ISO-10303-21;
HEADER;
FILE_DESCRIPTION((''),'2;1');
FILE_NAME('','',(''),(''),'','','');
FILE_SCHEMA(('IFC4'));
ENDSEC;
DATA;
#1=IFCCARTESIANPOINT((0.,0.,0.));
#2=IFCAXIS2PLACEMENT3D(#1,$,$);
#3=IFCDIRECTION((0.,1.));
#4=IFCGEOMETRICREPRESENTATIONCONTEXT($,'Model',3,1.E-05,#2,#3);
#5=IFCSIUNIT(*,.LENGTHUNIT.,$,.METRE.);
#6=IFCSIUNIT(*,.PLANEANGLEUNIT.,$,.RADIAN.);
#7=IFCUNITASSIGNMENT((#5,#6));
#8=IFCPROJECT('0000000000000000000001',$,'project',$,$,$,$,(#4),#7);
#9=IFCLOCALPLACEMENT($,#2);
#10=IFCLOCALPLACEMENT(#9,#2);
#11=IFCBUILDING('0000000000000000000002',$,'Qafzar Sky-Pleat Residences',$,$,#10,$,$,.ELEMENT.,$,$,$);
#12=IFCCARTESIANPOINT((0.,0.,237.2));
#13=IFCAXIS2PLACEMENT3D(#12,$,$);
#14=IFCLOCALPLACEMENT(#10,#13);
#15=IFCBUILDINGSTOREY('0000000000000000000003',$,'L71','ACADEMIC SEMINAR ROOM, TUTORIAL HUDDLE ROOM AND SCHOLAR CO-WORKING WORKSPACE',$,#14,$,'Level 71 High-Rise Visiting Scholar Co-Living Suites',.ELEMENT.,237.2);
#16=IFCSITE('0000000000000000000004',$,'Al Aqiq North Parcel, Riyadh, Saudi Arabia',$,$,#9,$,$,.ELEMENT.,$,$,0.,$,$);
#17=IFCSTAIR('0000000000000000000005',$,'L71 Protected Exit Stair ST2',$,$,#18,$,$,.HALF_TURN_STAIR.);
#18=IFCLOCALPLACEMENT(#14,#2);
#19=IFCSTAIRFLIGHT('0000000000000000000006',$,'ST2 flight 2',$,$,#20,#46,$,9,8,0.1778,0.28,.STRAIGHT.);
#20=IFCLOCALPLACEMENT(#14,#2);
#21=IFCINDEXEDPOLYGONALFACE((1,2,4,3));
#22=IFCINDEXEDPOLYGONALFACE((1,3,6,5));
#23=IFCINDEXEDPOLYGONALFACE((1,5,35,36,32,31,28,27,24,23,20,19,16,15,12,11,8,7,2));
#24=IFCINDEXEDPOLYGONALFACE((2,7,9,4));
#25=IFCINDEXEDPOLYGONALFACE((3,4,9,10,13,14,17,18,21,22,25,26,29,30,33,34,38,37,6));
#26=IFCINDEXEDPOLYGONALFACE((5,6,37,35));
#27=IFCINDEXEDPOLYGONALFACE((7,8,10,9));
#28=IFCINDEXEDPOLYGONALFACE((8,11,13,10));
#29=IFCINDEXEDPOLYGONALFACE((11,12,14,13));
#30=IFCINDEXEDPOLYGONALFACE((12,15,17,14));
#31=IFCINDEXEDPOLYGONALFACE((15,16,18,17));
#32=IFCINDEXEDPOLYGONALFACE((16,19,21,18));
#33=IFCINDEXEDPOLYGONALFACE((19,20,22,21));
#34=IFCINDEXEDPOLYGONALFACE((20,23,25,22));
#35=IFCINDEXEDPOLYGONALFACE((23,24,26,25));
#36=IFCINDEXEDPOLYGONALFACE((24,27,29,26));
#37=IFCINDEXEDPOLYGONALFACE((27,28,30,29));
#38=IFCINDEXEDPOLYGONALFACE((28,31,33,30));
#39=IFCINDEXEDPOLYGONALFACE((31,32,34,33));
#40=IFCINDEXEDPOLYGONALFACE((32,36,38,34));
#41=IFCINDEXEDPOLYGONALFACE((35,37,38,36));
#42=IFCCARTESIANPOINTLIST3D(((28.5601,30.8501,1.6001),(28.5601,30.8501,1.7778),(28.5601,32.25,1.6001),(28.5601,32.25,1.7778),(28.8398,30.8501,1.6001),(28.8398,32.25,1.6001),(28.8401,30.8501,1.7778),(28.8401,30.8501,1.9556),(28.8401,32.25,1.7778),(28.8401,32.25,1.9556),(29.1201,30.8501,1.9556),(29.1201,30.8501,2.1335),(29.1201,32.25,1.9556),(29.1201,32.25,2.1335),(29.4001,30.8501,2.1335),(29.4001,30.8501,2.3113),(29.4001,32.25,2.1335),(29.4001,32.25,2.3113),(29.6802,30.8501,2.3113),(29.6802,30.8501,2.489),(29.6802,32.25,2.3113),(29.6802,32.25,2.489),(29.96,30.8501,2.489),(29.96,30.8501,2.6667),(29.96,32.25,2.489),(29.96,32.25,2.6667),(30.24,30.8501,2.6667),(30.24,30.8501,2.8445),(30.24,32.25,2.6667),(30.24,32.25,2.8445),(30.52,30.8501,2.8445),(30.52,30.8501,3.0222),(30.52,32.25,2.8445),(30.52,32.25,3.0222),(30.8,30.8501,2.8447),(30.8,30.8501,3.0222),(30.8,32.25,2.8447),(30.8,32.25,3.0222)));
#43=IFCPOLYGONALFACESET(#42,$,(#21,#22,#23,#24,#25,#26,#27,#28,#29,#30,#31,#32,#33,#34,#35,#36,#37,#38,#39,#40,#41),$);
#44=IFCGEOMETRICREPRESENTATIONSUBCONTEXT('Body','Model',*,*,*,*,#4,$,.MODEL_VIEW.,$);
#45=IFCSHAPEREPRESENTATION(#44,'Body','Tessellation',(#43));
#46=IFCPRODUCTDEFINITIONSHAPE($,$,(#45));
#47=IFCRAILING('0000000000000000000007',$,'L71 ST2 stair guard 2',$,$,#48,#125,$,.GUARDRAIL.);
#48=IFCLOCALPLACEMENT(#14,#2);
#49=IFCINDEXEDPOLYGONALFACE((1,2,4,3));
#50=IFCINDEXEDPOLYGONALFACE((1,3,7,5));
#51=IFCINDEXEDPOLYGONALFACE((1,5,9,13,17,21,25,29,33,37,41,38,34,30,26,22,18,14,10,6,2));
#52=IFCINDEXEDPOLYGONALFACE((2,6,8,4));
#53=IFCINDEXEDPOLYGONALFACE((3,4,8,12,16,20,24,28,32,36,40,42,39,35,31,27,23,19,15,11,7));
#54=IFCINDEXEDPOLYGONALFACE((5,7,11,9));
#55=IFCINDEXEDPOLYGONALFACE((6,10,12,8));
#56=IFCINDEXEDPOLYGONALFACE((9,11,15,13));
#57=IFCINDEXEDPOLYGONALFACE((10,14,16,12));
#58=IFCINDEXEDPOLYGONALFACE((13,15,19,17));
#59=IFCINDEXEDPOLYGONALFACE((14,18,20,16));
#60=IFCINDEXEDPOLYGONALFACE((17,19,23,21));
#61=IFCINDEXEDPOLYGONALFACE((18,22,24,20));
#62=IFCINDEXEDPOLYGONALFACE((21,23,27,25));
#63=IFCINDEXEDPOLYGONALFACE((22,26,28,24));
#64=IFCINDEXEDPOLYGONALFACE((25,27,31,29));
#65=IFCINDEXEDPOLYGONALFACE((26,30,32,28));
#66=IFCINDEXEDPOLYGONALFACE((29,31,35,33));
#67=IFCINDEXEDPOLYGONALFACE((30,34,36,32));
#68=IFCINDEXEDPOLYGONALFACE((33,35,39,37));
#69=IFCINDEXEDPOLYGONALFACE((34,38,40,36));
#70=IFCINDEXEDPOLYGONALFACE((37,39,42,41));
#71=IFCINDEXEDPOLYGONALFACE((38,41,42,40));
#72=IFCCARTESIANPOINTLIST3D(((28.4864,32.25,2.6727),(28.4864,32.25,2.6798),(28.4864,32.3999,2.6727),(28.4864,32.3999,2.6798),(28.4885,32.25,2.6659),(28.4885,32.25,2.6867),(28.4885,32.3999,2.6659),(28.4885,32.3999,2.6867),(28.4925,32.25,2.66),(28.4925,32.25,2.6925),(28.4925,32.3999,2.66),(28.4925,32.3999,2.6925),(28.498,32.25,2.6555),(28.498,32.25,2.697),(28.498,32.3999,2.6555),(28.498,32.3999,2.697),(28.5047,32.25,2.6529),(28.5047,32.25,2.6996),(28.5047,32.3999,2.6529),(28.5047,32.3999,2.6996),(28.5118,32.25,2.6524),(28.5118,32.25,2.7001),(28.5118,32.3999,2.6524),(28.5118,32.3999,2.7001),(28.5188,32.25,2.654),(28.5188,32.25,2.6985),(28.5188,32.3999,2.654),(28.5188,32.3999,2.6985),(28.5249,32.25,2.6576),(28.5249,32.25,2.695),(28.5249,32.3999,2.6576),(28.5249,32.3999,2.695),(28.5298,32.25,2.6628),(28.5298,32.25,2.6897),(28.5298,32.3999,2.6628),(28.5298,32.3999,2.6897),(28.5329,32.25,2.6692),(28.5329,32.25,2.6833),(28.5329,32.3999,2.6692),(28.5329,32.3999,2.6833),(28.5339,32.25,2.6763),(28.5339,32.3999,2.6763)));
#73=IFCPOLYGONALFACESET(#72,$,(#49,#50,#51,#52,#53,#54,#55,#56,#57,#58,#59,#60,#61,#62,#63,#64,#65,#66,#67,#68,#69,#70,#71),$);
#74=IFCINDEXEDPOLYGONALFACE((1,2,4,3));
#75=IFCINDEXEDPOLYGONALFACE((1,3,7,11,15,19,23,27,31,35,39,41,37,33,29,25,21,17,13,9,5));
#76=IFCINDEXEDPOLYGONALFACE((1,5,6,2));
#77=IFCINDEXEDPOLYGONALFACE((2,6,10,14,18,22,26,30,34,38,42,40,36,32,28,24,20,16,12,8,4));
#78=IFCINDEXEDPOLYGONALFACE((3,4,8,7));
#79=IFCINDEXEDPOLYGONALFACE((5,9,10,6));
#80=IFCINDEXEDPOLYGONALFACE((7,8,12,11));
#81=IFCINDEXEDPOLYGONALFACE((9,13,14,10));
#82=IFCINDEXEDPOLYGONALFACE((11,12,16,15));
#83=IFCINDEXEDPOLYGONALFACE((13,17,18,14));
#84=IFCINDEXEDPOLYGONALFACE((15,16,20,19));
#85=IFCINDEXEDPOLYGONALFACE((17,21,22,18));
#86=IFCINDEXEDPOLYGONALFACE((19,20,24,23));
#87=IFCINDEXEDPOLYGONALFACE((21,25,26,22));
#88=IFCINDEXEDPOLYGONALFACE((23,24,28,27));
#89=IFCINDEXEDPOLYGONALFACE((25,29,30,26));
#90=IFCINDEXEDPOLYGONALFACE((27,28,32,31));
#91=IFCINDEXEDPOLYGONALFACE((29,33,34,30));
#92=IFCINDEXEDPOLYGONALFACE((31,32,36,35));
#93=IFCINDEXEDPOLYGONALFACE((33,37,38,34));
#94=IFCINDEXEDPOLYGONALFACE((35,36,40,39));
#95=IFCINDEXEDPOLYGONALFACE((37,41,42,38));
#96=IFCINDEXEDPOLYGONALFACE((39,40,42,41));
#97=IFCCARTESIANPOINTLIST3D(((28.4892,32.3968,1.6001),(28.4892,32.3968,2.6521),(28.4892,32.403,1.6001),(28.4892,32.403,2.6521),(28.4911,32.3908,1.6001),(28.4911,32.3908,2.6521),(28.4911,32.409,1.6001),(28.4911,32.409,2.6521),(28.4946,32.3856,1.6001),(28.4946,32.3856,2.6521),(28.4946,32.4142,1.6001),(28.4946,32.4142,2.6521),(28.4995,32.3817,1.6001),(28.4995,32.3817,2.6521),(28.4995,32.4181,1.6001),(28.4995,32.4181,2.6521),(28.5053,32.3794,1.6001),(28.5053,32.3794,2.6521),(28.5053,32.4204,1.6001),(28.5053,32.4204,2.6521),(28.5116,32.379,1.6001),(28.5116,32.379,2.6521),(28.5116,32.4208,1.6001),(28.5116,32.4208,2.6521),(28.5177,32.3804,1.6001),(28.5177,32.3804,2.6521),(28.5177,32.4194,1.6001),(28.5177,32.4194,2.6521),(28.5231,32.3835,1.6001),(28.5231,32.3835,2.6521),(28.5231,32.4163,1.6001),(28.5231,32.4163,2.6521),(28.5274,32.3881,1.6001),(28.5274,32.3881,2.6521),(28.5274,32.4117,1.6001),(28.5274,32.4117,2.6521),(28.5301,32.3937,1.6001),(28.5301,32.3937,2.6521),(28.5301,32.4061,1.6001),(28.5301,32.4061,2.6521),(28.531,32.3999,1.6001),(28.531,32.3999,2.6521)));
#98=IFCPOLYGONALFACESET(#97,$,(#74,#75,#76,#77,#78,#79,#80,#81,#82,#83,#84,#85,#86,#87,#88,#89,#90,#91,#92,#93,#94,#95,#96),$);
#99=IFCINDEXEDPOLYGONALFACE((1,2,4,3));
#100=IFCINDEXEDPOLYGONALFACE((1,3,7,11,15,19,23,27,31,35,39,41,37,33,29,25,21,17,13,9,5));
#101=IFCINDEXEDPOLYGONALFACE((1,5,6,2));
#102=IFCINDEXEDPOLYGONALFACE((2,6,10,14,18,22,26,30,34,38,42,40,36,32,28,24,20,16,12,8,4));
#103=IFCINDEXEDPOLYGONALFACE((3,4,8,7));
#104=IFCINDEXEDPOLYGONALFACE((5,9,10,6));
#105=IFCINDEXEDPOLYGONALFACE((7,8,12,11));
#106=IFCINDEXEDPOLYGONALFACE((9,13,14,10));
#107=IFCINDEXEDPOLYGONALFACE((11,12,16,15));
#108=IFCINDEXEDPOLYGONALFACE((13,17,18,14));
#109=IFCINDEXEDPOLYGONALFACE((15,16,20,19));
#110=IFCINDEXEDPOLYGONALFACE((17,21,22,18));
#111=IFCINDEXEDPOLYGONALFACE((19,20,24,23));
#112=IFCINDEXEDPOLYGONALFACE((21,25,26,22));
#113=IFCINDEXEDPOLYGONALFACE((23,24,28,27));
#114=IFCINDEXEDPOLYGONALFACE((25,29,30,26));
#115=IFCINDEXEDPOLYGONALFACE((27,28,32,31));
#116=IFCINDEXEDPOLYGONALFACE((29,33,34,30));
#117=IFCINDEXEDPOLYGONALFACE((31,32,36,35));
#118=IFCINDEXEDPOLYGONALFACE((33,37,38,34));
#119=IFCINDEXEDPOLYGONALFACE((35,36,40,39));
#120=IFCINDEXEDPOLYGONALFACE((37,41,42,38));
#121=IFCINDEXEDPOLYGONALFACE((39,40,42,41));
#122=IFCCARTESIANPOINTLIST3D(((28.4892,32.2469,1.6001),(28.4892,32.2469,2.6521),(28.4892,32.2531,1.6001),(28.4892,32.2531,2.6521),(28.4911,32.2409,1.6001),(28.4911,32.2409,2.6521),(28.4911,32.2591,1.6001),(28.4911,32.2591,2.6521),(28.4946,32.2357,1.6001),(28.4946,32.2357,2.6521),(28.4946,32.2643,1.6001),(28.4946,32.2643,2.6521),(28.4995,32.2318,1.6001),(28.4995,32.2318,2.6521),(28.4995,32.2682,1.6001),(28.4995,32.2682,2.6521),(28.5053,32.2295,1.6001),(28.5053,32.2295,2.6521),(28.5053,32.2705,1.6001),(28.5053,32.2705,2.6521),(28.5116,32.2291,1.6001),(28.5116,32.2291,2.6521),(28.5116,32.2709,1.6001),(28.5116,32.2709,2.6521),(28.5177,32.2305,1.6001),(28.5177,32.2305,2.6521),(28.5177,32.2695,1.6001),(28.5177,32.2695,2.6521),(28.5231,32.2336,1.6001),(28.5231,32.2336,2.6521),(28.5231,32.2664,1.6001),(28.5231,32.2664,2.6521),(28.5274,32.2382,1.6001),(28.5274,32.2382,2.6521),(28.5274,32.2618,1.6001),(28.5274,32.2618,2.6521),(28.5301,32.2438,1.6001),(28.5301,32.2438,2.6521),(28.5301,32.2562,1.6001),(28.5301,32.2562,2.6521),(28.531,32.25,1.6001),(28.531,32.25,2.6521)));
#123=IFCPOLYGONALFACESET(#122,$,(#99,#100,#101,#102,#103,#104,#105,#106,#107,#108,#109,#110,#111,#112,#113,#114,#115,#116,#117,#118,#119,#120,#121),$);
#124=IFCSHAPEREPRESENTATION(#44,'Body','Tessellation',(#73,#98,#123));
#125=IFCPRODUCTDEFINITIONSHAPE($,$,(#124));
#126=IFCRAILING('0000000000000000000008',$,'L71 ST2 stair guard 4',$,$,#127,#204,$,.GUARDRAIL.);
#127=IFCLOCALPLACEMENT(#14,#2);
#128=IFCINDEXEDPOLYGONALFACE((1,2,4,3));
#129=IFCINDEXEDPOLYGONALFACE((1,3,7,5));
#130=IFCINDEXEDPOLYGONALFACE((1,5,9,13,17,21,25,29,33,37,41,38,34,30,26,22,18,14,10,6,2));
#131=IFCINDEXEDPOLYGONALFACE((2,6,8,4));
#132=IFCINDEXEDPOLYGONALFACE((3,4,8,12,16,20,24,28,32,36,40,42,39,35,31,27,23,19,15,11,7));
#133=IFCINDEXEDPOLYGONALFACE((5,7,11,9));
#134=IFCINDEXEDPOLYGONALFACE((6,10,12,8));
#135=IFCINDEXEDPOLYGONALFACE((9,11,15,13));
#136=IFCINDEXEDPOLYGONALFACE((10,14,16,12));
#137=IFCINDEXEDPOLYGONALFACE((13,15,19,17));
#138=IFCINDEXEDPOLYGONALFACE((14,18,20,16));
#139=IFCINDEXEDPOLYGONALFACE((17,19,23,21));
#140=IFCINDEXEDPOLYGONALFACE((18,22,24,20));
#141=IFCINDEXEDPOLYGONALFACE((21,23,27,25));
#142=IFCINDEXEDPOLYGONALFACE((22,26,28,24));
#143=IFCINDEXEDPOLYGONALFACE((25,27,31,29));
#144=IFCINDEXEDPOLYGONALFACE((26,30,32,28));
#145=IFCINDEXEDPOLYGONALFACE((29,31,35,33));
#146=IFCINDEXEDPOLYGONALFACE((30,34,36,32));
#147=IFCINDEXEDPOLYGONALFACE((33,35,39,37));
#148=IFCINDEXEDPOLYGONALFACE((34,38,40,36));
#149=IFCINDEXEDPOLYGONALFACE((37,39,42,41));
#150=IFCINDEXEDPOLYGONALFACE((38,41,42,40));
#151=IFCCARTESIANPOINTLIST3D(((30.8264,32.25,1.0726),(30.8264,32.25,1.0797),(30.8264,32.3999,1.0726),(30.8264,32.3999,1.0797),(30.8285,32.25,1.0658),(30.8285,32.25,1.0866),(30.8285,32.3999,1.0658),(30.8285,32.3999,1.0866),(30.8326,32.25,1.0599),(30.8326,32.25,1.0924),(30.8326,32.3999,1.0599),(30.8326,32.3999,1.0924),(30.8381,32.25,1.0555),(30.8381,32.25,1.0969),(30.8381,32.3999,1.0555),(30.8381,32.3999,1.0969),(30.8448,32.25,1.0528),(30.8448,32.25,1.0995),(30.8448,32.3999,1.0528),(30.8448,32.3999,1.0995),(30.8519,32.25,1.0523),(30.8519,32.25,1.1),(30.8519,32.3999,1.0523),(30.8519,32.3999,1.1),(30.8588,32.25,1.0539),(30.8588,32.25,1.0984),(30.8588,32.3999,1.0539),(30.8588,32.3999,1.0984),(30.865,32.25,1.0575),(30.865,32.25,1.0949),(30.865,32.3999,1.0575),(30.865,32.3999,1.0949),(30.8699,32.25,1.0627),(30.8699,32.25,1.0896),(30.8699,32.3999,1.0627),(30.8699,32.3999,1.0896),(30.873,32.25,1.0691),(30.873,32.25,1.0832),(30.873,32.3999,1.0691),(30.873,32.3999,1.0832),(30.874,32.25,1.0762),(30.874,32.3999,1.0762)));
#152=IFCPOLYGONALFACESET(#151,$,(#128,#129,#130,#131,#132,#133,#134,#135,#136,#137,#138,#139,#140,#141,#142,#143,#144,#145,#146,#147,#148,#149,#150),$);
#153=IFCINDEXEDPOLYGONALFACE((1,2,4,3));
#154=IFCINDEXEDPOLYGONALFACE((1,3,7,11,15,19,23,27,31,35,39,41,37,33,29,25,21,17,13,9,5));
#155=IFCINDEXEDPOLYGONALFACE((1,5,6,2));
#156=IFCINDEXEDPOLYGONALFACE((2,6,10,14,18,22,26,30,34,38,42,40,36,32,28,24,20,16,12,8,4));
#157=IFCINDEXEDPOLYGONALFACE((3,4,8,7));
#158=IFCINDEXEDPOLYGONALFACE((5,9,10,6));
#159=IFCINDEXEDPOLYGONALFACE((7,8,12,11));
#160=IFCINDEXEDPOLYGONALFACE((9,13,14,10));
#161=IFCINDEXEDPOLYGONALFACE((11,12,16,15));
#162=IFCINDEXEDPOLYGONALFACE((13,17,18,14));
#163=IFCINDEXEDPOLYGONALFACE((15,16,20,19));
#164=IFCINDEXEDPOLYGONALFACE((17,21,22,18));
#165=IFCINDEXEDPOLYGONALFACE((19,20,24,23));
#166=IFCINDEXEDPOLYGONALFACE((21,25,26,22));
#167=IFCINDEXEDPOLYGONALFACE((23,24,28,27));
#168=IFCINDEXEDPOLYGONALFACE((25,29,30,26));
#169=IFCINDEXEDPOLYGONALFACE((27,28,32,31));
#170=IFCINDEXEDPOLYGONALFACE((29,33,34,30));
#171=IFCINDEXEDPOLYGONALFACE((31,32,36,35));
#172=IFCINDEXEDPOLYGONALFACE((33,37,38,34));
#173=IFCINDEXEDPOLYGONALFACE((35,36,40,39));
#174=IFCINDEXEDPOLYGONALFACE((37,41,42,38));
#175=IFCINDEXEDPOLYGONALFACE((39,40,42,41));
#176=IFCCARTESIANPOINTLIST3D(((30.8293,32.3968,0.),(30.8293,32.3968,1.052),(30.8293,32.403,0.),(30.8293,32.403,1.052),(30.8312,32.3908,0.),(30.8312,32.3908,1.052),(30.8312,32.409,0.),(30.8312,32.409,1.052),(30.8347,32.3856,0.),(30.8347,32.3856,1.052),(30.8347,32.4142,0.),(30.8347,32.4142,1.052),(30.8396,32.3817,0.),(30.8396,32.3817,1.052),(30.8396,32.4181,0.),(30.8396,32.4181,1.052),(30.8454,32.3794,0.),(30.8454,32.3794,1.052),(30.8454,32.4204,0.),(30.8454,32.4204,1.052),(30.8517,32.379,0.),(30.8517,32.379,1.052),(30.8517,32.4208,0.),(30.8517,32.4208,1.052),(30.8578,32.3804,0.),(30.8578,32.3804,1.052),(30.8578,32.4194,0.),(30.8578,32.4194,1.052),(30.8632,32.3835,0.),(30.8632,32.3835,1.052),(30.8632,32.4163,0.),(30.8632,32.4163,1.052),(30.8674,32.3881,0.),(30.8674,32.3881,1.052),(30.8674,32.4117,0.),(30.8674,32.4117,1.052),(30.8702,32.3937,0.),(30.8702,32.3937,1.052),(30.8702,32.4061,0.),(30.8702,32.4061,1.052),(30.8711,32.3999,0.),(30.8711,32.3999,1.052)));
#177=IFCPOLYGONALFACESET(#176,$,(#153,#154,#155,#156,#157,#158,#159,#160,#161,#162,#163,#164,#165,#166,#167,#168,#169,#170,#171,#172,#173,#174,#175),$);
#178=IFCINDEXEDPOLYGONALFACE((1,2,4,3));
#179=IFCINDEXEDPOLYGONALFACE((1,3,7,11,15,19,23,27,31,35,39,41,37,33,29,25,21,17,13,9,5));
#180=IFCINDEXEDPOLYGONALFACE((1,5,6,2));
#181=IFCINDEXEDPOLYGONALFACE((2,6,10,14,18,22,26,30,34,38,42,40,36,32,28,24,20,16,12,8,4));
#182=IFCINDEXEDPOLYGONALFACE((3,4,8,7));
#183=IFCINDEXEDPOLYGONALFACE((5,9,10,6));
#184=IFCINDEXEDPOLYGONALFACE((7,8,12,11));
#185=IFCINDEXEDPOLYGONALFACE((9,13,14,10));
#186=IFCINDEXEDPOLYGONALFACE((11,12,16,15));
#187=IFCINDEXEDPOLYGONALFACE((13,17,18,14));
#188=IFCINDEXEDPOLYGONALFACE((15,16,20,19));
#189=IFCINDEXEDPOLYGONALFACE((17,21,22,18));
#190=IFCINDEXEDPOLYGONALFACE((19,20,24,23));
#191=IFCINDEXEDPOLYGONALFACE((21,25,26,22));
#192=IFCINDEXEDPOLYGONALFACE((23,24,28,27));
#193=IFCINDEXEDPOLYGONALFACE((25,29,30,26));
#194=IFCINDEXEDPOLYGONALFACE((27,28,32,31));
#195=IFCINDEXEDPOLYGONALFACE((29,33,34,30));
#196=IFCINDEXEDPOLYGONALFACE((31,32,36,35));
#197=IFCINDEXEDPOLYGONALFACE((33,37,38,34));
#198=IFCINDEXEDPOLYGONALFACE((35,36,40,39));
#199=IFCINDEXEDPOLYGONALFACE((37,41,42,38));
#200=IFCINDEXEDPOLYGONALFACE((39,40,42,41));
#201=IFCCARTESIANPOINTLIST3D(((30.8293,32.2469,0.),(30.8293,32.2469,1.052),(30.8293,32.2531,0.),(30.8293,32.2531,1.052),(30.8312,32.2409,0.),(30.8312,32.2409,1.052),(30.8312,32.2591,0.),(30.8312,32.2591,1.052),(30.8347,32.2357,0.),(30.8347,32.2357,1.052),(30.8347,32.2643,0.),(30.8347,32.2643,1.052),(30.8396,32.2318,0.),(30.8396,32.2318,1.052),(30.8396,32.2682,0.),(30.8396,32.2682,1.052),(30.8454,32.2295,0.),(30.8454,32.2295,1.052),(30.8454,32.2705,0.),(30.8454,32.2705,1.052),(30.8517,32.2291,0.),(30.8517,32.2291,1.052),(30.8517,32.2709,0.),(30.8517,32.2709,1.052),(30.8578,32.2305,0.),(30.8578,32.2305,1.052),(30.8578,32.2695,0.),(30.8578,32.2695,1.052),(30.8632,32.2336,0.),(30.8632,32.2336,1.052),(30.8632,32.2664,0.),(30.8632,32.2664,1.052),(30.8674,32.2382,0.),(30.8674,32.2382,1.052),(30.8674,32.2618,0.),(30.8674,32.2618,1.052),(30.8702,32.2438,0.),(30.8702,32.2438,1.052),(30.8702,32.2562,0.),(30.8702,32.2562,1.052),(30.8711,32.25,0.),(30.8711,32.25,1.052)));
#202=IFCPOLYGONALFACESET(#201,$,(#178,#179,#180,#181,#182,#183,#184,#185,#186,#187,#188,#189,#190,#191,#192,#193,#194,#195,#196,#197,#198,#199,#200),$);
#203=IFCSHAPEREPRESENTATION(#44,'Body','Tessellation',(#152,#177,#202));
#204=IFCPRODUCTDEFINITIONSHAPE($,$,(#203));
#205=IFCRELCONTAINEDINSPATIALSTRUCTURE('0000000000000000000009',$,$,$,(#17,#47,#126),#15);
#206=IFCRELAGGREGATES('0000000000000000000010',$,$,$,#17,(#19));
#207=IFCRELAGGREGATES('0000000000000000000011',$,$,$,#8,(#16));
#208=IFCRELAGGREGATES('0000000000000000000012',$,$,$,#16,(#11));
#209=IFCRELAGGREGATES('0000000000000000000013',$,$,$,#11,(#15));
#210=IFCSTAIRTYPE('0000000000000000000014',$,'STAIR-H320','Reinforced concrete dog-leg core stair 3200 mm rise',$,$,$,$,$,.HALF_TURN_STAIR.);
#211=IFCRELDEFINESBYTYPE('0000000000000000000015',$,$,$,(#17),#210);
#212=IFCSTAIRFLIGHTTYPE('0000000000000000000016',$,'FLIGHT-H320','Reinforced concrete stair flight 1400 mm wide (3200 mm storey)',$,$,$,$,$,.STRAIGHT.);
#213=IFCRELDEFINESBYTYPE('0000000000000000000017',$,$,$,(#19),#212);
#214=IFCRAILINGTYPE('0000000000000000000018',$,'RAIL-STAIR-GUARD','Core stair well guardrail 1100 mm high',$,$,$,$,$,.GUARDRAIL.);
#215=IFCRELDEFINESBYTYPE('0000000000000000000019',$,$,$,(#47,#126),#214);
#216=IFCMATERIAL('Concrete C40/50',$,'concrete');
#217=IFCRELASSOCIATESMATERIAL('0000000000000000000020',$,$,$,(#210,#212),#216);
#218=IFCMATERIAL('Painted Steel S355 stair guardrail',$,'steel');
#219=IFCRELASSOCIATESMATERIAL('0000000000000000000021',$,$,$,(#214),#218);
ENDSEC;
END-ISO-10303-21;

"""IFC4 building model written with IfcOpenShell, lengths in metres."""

from ifc_helpers import new_model, si_unit, direction, frame, origin, origin_2d, place, context, subcontext, project, spatial, polyline, circle, outline, extrude, source, transform, mapped, material, type_object, element, aggregate, save


model = new_model("IFC4")

# Units and contexts
model_context = context("Model", 3, precision=1e-05, world=origin(), true_north=direction((0.0, 1.0)))
body_context = subcontext(model_context, "Body", "Model", "MODEL_VIEW")
ifc_project = project(units=[si_unit("LENGTHUNIT", "METRE"), si_unit("PLANEANGLEUNIT", "RADIAN")], contexts=[model_context])

# Site, building, storey
site_placement = place(None, origin())
site = spatial("IfcSite", under=ifc_project, at=site_placement, Name="Al Aqiq North Parcel, Riyadh, Saudi Arabia", CompositionType="ELEMENT", RefElevation=0.0)
building_placement = place(site_placement, origin())
building = spatial("IfcBuilding", under=site, at=building_placement, Name="Qafzar Sky-Pleat Residences", CompositionType="ELEMENT")
storey_placement = place(building_placement, frame((0.0, 0.0, 237.2)))
storey = spatial("IfcBuildingStorey", under=building, at=storey_placement, Name="L71", Description="ACADEMIC SEMINAR ROOM, TUTORIAL HUDDLE ROOM AND SCHOLAR CO-WORKING WORKSPACE", LongName="Level 71 High-Rise Visiting Scholar Co-Living Suites", CompositionType="ELEMENT", Elevation=237.2)

# Stair, stair flight
ifc_material_1 = material(Name="Concrete C40/50", Category="concrete")
stair_type = type_object("IfcStairType", Name="STAIR-H320", Description="Reinforced concrete dog-leg core stair 3200 mm rise", PredefinedType="HALF_TURN_STAIR", material=ifc_material_1)
stair_placement = place(storey_placement, origin())
stair = element("IfcStair", 1, at=stair_placement, inside=storey, type_object=stair_type, Name="L71 Protected Exit Stair ST2", PredefinedType="HALF_TURN_STAIR")
stair_flight_type = type_object("IfcStairFlightType", Name="FLIGHT-H320", Description="Reinforced concrete stair flight 1400 mm wide (3200 mm storey)", PredefinedType="STRAIGHT", material=ifc_material_1)
shared_shape_1 = source(origin(), body_context, "Body", "SweptSolid", [
    extrude(outline(polyline([(0.0, 0.0), (0.0, 0.1777), (0.28, 0.1777), (0.28, 0.3555), (0.5601, 0.3555), (0.5601, 0.5334), (0.8401, 0.5334), (0.8401, 0.7112), (1.1201, 0.7112), (1.1201, 0.8889), (1.3999, 0.8889), (1.3999, 1.0667), (1.6799, 1.0667), (1.6799, 1.2444), (1.96, 1.2444), (1.96, 1.4221), (2.24, 1.4221), (2.24, 1.6001), (2.24, 1.2446), (0.2798, 0.0), (0.0, 0.0)])), frame((0.0, 0.7, 0.0), z_axis=(0.0, -1.0, 0.0), x_axis=(1.0, 0.0, 0.0)), (0.0, 0.0, 1.0), 1.3999),
])
stair_flight_1_placement = place(storey_placement, frame((28.5601, 31.55, 1.6001), z_axis=(0.0, 0.0, 1.0), x_axis=(1.0, 0.0, 0.0)))
stair_flight_1 = element("IfcStairFlight", 2, at=stair_flight_1_placement, type_object=stair_flight_type, Name="ST2 flight 2", NumberOfRisers=9, NumberOfTreads=8, PredefinedType="STRAIGHT", RiserHeight=0.1778, TreadLength=0.28, context=body_context, shape_type="MappedRepresentation", body=[
    mapped(shared_shape_1, transform((0.0, 0.0, 0.0), x_axis=(1.0, 0.0, 0.0), y_axis=(0.0, 1.0, 0.0), z_axis=(0.0, 0.0, 1.0), scale=1.0)),
])
aggregate(stair, [stair_flight_1])

# Railings
ifc_material_2 = material(Name="Painted Steel S355 stair guardrail", Category="steel")
railing_type_1 = type_object("IfcRailingType", Name="RAIL-STAIR-GUARD", Description="Core stair well guardrail 1100 mm high", PredefinedType="GUARDRAIL", material=ifc_material_2)
shared_shape_2 = source(origin(), body_context, "Body", "SweptSolid", [
    extrude(circle(Radius=0.0239, at=origin_2d()), frame((0.0, 0.0, 1.0762), z_axis=(0.0, -1.0, 0.0), x_axis=(1.0, 0.0, 0.0)), (0.0, 0.0, 1.0), 0.1499),
    extrude(circle(Radius=0.021, at=origin_2d()), origin(), (0.0, 0.0, 1.0), 1.052),
    extrude(circle(Radius=0.021, at=origin_2d()), frame((0.0, -0.1499, 0.0)), (0.0, 0.0, 1.0), 1.052),
])
for number, where, name in (
    (3, (28.51, 32.3999, 1.6001), "L71 ST2 stair guard 2"),
    (4, (30.8501, 32.3999, 0.0), "L71 ST2 stair guard 4"),
):
    element("IfcRailing", number, at=place(storey_placement, frame(where)), inside=storey, type_object=railing_type_1, Name=name, PredefinedType="GUARDRAIL", context=body_context, shape_type="MappedRepresentation", body=[
        mapped(shared_shape_2, transform((0.0, 0.0, 0.0), x_axis=(1.0, 0.0, 0.0), y_axis=(0.0, 1.0, 0.0), z_axis=(0.0, 0.0, 1.0), scale=1.0)),
    ])

save(model, "model.ifc")
